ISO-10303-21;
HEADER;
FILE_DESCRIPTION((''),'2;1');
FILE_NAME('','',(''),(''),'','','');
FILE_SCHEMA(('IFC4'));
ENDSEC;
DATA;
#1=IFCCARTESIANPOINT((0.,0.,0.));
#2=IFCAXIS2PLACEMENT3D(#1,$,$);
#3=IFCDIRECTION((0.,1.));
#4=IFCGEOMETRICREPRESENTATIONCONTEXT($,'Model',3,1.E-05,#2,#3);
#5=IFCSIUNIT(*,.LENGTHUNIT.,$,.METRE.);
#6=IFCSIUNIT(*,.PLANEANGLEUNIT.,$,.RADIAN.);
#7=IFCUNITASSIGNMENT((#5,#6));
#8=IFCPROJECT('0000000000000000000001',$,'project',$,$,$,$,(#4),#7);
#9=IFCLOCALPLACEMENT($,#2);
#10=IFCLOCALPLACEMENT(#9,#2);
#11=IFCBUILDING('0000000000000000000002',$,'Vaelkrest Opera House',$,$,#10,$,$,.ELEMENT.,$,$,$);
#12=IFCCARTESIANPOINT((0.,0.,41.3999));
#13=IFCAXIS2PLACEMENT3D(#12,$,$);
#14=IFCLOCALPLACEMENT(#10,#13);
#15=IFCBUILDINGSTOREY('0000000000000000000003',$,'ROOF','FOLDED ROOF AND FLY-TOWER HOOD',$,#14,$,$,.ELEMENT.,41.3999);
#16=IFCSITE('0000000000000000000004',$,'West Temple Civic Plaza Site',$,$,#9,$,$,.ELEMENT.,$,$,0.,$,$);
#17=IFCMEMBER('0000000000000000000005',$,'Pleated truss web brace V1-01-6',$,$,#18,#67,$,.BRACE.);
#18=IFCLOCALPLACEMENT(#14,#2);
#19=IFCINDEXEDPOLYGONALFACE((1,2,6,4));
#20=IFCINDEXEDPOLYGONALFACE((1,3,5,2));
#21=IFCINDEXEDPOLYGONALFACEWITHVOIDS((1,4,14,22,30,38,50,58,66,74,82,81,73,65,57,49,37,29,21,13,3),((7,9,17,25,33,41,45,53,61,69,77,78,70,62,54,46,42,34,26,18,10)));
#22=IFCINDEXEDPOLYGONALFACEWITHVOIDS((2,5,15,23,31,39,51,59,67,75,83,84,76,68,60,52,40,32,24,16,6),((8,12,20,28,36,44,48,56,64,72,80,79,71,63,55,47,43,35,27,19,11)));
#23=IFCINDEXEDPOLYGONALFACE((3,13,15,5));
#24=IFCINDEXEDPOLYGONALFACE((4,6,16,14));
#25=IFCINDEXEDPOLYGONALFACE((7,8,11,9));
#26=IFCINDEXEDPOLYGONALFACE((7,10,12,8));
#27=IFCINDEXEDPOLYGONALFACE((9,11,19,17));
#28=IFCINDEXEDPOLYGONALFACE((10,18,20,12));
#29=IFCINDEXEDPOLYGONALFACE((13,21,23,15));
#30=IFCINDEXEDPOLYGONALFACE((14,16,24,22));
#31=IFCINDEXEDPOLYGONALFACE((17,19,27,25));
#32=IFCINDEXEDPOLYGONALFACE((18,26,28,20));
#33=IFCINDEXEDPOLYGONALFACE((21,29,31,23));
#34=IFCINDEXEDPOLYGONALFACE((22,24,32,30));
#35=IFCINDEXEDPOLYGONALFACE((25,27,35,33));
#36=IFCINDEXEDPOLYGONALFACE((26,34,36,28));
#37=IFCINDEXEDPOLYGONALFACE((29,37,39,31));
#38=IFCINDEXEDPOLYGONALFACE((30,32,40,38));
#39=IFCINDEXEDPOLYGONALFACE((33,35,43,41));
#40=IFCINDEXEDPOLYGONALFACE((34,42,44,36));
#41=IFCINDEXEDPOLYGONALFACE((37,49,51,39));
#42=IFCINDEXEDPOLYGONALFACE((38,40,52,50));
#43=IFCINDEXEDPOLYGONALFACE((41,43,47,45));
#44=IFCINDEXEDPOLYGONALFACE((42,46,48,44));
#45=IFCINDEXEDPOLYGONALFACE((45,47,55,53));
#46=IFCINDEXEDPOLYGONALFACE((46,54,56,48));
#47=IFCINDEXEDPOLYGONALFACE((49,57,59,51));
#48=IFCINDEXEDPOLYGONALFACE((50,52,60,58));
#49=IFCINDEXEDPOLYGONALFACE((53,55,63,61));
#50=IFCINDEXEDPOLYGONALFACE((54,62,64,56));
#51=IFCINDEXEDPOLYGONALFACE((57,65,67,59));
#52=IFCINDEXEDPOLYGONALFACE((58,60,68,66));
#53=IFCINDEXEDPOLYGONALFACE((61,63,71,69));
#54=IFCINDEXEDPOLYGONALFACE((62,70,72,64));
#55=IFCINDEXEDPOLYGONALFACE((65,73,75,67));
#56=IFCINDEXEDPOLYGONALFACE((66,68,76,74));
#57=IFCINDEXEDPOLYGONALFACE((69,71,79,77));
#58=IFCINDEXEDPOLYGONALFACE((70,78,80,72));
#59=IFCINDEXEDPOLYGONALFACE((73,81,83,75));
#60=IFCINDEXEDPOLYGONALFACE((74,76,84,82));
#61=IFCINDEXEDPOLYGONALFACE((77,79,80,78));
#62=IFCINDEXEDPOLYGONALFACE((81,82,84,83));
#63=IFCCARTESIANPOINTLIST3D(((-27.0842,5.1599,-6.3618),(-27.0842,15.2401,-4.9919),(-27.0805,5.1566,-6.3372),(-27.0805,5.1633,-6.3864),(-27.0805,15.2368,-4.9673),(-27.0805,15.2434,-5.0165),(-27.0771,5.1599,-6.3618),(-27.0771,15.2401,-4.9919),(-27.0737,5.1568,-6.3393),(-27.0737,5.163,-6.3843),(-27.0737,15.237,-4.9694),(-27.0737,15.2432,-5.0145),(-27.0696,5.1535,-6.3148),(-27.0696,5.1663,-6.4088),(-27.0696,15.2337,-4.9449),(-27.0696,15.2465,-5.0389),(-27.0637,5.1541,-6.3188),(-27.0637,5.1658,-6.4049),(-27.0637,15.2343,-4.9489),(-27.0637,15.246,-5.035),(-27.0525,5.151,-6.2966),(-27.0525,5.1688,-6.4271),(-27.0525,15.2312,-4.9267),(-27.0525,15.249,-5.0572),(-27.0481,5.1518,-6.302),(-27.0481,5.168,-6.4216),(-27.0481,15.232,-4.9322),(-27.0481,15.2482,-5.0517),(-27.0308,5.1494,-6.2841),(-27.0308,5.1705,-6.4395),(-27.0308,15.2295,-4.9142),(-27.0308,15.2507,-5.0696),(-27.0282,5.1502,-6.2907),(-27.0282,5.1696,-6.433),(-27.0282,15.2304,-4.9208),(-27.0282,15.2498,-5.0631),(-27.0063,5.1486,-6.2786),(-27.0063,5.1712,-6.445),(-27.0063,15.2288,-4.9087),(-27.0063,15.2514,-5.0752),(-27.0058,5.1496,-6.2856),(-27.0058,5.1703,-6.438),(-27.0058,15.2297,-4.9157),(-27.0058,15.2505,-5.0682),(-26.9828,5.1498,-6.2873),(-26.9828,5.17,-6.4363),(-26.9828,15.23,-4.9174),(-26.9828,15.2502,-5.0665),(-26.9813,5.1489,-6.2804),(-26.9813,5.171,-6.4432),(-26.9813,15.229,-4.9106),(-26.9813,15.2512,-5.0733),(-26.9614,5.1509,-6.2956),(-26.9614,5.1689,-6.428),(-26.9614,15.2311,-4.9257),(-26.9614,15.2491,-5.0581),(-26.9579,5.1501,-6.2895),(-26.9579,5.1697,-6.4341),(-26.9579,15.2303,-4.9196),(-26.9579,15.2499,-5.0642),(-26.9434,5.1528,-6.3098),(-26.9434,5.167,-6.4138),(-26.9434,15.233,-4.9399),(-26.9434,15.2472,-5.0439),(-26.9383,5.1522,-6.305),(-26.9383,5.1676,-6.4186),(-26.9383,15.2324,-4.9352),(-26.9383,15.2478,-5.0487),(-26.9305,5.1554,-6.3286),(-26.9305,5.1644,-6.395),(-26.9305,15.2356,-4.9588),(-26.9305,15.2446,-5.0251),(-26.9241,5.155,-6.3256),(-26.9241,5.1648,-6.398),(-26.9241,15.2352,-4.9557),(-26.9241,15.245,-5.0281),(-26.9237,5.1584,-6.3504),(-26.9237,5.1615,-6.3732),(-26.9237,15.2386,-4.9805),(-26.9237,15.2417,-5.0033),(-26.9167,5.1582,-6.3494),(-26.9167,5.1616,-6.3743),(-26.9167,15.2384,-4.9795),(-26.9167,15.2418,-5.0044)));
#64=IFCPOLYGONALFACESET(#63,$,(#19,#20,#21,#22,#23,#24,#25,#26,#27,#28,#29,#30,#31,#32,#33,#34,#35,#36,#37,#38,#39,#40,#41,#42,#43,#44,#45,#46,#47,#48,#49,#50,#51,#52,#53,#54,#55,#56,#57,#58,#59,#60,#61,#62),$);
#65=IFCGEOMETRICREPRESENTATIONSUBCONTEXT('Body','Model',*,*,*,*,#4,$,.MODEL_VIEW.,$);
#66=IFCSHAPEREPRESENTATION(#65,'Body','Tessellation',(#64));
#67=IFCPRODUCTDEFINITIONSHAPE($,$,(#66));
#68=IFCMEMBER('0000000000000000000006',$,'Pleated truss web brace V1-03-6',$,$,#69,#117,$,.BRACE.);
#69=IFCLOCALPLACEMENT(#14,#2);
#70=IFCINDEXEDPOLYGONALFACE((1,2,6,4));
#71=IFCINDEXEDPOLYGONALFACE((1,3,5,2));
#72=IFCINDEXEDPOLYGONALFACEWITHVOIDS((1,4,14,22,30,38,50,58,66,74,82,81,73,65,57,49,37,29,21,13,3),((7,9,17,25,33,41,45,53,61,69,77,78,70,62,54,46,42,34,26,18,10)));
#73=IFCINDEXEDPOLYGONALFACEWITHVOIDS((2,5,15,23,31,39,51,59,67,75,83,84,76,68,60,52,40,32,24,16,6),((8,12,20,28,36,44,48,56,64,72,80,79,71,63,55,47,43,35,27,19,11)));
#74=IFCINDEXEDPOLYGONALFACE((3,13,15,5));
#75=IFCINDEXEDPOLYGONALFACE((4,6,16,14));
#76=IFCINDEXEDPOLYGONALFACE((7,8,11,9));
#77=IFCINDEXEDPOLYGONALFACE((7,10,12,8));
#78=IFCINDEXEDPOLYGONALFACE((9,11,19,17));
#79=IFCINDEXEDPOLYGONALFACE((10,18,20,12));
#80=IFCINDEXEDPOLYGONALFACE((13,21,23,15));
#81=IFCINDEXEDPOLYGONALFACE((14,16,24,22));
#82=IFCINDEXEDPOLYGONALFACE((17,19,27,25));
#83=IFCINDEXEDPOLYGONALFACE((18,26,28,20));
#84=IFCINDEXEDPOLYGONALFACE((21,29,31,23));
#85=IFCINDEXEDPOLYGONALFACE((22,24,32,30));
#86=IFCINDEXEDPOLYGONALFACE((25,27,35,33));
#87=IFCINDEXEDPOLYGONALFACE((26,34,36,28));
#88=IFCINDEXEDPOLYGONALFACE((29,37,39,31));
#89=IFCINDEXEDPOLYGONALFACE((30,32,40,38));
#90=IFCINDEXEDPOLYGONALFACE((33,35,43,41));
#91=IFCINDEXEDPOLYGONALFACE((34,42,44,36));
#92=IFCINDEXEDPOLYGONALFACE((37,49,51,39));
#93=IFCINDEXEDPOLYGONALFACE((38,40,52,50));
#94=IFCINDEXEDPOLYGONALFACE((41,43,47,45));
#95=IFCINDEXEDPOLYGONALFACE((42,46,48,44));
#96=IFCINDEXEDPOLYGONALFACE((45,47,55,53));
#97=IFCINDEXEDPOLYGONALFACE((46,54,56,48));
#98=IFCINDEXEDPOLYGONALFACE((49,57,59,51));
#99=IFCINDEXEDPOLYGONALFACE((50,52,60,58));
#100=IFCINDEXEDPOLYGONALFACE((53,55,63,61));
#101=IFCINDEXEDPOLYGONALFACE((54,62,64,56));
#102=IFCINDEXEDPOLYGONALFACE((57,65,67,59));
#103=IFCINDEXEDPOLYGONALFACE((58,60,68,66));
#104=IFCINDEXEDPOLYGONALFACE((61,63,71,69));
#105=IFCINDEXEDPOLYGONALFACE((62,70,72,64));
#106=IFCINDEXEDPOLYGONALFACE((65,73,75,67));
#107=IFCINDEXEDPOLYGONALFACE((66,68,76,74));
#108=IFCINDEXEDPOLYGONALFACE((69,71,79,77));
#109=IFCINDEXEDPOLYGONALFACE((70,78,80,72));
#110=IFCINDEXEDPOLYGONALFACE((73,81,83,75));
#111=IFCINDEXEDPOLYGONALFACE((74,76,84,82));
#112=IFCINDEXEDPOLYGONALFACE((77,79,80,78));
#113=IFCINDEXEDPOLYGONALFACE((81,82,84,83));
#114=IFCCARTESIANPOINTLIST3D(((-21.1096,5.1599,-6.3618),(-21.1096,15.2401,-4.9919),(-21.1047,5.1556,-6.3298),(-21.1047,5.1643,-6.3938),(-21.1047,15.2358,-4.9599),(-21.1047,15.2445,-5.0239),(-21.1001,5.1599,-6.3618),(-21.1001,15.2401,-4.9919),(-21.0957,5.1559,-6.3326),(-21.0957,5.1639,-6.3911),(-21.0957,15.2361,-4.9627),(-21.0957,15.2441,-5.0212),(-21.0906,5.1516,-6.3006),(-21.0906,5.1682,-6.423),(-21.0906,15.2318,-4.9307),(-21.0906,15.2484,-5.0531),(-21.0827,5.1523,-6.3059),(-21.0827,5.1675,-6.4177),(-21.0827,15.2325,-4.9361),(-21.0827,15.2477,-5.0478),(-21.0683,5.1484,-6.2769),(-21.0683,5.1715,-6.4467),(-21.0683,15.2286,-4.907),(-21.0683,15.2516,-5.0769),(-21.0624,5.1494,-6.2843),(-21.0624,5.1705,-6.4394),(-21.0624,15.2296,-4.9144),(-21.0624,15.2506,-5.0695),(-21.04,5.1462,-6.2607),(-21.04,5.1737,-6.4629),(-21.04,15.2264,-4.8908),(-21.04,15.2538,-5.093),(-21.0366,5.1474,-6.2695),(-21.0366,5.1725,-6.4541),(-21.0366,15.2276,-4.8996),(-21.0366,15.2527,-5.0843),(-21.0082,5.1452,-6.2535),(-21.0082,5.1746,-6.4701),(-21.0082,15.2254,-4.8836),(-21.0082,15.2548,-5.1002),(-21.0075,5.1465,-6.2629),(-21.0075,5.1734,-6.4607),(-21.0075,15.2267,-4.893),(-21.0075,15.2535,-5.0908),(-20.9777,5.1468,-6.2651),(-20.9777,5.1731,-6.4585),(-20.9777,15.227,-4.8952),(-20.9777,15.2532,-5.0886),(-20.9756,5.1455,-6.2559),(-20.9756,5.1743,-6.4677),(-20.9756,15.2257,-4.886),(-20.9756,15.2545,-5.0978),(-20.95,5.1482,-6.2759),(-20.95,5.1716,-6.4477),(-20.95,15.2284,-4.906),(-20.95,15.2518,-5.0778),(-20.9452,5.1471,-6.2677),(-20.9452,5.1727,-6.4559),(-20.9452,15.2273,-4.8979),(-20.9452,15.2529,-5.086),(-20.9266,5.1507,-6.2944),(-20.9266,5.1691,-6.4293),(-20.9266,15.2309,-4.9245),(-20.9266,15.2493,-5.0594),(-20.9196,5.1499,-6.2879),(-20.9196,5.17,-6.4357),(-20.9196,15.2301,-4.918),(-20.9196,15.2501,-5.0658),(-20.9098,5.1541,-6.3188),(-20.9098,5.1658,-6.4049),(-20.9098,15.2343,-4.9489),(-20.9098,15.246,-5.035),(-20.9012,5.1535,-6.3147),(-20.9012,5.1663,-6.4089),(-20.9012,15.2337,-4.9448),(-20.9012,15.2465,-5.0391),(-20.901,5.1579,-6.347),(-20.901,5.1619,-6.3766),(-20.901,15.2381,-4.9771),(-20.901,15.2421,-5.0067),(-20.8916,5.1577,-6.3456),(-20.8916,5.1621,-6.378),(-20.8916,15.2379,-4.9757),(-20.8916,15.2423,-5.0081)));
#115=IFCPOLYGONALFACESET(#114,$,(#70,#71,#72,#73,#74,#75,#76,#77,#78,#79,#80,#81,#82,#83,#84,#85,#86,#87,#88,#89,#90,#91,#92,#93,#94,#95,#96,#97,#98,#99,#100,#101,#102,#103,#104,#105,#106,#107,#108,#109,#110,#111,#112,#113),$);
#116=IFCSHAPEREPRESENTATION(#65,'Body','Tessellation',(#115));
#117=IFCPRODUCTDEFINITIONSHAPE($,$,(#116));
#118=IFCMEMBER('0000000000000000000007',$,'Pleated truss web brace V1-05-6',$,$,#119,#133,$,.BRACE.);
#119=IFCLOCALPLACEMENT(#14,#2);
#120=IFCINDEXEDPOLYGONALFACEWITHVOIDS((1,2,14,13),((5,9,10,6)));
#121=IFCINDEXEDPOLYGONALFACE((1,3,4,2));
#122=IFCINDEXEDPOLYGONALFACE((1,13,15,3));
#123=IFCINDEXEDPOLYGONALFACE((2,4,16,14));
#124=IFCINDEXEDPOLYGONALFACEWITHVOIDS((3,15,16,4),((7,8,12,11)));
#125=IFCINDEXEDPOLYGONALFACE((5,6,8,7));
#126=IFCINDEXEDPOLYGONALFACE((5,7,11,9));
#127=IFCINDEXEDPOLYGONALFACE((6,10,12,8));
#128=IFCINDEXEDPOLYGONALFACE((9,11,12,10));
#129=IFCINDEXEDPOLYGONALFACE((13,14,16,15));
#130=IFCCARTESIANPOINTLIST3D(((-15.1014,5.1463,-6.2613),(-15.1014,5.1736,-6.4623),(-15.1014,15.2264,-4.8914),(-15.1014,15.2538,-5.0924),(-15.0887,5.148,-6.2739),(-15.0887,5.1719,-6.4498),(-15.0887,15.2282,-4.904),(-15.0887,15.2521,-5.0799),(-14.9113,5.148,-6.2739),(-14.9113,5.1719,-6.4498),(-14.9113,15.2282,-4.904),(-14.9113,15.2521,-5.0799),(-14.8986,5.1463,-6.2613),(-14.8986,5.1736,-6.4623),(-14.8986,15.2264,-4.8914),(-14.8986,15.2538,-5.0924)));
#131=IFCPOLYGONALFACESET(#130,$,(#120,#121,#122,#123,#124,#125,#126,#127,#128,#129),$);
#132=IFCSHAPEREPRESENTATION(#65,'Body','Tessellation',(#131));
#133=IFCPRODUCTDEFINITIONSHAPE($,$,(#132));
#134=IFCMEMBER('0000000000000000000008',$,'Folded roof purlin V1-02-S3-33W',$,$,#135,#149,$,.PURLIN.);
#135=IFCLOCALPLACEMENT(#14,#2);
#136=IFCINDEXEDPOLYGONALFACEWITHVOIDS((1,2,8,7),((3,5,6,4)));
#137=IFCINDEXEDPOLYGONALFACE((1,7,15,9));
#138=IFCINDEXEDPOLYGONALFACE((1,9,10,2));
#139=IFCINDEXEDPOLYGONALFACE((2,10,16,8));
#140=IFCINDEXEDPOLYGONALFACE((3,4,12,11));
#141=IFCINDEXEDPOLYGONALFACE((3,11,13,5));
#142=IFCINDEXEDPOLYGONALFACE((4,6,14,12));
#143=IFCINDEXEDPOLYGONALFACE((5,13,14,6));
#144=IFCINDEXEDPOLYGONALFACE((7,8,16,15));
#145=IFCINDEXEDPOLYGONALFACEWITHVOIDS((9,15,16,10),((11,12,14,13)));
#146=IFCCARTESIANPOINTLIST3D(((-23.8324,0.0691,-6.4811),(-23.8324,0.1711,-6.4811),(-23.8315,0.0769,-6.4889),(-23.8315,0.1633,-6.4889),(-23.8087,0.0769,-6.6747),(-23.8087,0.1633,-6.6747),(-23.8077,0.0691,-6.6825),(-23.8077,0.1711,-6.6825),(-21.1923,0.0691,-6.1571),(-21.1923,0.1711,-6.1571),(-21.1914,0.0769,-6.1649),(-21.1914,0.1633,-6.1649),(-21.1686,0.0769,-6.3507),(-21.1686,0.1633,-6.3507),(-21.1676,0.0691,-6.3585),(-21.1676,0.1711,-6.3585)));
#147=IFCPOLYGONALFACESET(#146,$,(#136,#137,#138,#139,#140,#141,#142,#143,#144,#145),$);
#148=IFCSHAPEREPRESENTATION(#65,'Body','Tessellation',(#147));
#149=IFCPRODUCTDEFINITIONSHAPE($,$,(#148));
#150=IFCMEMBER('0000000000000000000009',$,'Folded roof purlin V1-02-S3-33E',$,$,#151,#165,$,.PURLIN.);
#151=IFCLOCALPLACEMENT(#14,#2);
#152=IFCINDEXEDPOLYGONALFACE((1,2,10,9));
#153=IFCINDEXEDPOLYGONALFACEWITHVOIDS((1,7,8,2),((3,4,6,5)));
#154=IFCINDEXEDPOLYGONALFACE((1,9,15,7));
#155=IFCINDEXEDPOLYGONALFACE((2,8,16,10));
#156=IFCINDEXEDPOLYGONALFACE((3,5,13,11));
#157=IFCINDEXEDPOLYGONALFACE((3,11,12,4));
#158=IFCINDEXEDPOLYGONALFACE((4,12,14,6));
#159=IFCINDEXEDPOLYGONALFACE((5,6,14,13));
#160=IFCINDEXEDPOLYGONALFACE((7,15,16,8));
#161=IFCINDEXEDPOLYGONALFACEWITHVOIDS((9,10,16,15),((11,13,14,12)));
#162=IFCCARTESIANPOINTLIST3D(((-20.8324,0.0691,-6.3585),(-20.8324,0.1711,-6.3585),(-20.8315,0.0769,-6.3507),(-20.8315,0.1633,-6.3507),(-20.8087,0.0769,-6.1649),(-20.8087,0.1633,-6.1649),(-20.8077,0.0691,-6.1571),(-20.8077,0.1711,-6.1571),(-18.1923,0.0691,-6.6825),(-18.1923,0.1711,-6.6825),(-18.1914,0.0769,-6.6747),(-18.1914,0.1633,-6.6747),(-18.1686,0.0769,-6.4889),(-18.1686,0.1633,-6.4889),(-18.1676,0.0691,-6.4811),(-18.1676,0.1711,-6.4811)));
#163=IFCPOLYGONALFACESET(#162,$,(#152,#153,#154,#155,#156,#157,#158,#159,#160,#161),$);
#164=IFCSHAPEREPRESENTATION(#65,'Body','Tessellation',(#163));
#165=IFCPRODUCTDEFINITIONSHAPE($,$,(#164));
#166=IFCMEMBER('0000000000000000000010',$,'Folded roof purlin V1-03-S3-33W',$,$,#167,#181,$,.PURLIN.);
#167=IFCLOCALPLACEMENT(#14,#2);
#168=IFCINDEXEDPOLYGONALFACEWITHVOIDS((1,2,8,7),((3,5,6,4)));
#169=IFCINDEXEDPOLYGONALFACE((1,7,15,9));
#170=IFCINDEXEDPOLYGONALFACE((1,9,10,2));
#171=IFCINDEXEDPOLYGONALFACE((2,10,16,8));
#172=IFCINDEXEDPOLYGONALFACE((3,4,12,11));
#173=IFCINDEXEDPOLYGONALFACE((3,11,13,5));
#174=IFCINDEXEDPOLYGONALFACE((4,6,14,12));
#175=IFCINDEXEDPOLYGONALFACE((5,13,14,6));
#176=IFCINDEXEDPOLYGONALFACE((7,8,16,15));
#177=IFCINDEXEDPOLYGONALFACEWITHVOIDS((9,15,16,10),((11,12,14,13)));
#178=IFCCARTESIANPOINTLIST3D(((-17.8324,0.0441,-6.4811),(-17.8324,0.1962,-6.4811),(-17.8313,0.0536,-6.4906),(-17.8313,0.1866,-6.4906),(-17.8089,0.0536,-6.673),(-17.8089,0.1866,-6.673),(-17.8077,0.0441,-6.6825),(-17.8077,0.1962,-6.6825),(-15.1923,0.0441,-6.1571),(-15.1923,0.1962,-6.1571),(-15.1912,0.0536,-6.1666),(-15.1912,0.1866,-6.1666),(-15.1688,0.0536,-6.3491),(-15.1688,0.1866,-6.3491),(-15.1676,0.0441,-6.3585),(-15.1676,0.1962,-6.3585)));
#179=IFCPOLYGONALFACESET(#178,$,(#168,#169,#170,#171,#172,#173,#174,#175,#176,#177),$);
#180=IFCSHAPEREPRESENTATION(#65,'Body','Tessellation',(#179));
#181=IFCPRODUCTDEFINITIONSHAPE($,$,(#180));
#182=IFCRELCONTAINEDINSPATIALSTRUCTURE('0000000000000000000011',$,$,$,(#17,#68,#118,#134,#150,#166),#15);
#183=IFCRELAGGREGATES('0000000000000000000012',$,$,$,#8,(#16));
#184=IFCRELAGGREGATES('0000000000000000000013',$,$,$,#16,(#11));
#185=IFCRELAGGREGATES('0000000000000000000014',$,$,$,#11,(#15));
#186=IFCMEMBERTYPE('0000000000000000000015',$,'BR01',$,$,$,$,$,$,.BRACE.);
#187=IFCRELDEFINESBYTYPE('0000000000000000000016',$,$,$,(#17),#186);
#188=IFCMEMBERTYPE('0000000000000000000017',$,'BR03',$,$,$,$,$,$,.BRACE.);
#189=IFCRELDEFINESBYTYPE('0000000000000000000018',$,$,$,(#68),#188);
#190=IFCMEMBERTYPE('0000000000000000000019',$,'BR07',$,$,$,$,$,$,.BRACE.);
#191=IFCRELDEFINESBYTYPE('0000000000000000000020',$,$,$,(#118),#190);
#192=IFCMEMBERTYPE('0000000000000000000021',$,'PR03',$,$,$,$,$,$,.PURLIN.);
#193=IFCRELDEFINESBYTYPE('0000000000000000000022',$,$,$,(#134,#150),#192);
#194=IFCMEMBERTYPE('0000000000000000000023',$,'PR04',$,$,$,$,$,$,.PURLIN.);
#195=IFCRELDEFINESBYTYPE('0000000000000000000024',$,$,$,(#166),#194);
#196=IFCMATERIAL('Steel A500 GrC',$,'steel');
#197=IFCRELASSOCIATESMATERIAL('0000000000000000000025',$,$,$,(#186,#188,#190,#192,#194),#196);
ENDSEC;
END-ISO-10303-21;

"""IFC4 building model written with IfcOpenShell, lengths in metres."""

from ifc_helpers import new_model, si_unit, direction, frame, origin, origin_2d, place, context, subcontext, project, spatial, hollow_rectangle, hollow_circle, extrude, material, material_profile, profile_set, type_object, element, save


model = new_model("IFC4")

# Units and contexts
model_context = context("Model", 3, precision=1e-05, world=origin(), true_north=direction((0.0, 1.0)))
body_context = subcontext(model_context, "Body", "Model", "MODEL_VIEW")
ifc_project = project(units=[si_unit("LENGTHUNIT", "METRE"), si_unit("PLANEANGLEUNIT", "RADIAN")], contexts=[model_context])

# Site, building, storey
site_placement = place(None, origin())
site = spatial("IfcSite", under=ifc_project, at=site_placement, Name="West Temple Civic Plaza Site", CompositionType="ELEMENT", RefElevation=0.0)
building_placement = place(site_placement, origin())
building = spatial("IfcBuilding", under=site, at=building_placement, Name="Vaelkrest Opera House", CompositionType="ELEMENT")
storey_placement = place(building_placement, frame((0.0, 0.0, 41.3999)))
storey = spatial("IfcBuildingStorey", under=building, at=storey_placement, Name="ROOF", Description="FOLDED ROOF AND FLY-TOWER HOOD", CompositionType="ELEMENT", Elevation=41.3999)

# Members
ifc_material_1 = material(Name="Steel A500 GrC", Category="steel")
ifc_material_profile_1 = material_profile(ifc_material_1, hollow_circle(Radius=0.0842, WallThickness=0.0071, at=origin_2d()), Name="HSS168.3X7.1")
ifc_profile_set_1 = profile_set([ifc_material_profile_1], Name="Steel A500 GrC")
member_type_1 = type_object("IfcMemberType", Name="BR01", PredefinedType="BRACE", material=ifc_profile_set_1)
member_1_placement = place(storey_placement, frame((-27.0, 5.1599, -6.3618), z_axis=(0.0, 0.990892, 0.134661), x_axis=(-1.0, 0.0, 0.0)))
element("IfcMember", 1, at=member_1_placement, inside=storey, type_object=member_type_1, Name="Pleated truss web brace V1-01-6", PredefinedType="BRACE", context=body_context, shape_type="SweptSolid", body=[
    extrude(hollow_circle(Radius=0.0842, WallThickness=0.0071, at=origin_2d()), origin(), (0.0, 0.0, 1.0), 10.1729),
])
ifc_material_profile_2 = material_profile(ifc_material_1, hollow_circle(Radius=0.1096, WallThickness=0.0095, at=origin_2d()), Name="HSS219.1X9.5")
ifc_profile_set_2 = profile_set([ifc_material_profile_2], Name="Steel A500 GrC")
member_type_2 = type_object("IfcMemberType", Name="BR03", PredefinedType="BRACE", material=ifc_profile_set_2)
member_2_placement = place(storey_placement, frame((-21.0, 5.1599, -6.3618), z_axis=(0.0, 0.990892, 0.134661), x_axis=(-1.0, 0.0, 0.0)))
element("IfcMember", 2, at=member_2_placement, inside=storey, type_object=member_type_2, Name="Pleated truss web brace V1-03-6", PredefinedType="BRACE", context=body_context, shape_type="SweptSolid", body=[
    extrude(hollow_circle(Radius=0.1096, WallThickness=0.0095, at=origin_2d()), origin(), (0.0, 0.0, 1.0), 10.1729),
])
ifc_material_profile_3 = material_profile(ifc_material_1, hollow_rectangle(XDim=0.2029, YDim=0.2029, WallThickness=0.0127, at=origin_2d()), Name="HSS203X203X12.7")
ifc_profile_set_3 = profile_set([ifc_material_profile_3], Name="Steel A500 GrC")
member_type_3 = type_object("IfcMemberType", Name="BR07", PredefinedType="BRACE", material=ifc_profile_set_3)
member_3_placement = place(storey_placement, frame((-15.0, 5.1599, -6.3618), z_axis=(0.0, 0.990892, 0.134661), x_axis=(-1.0, 0.0, 0.0)))
element("IfcMember", 3, at=member_3_placement, inside=storey, type_object=member_type_3, Name="Pleated truss web brace V1-05-6", PredefinedType="BRACE", context=body_context, shape_type="SweptSolid", body=[
    extrude(hollow_rectangle(XDim=0.2029, YDim=0.2029, WallThickness=0.0127, at=origin_2d()), origin(), (0.0, 0.0, 1.0), 10.1729),
])
ifc_material_profile_4 = material_profile(ifc_material_1, hollow_rectangle(XDim=0.1021, YDim=0.2029, WallThickness=0.0078, at=origin_2d()), Name="HSS203X102X8")
ifc_profile_set_4 = profile_set([ifc_material_profile_4], Name="Steel A500 GrC")
member_type_4 = type_object("IfcMemberType", Name="PR03", PredefinedType="PURLIN", material=ifc_profile_set_4)
for number, where, z_axis, x_axis, name in (
    (4, (-23.8201, 0.1201, -6.5818), (0.992555, 0.0, 0.121798), (0.0, 1.0, 0.0), "Folded roof purlin V1-02-S3-33W"),
    (5, (-20.8201, 0.1201, -6.2578), (0.992555, 0.0, -0.121798), (0.0, 1.0, 0.0), "Folded roof purlin V1-02-S3-33E"),
):
    element("IfcMember", number, at=place(storey_placement, frame(where, z_axis=z_axis, x_axis=x_axis)), inside=storey, type_object=member_type_4, Name=name, PredefinedType="PURLIN", context=body_context, shape_type="SweptSolid", body=[
        extrude(hollow_rectangle(XDim=0.1021, YDim=0.2029, WallThickness=0.0078, at=origin_2d()), origin(), (0.0, 0.0, 1.0), 2.6599),
    ])
ifc_material_profile_5 = material_profile(ifc_material_1, hollow_rectangle(XDim=0.1521, YDim=0.2029, WallThickness=0.0095, at=origin_2d()), Name="HSS203X152X9.5")
ifc_profile_set_5 = profile_set([ifc_material_profile_5], Name="Steel A500 GrC")
member_type_5 = type_object("IfcMemberType", Name="PR04", PredefinedType="PURLIN", material=ifc_profile_set_5)
for number, where, z_axis, x_axis, name in (
    (6, (-17.8201, 0.1201, -6.5818), (0.992555, 0.0, 0.121798), (0.0, 1.0, 0.0), "Folded roof purlin V1-03-S3-33W"),
):
    element("IfcMember", number, at=place(storey_placement, frame(where, z_axis=z_axis, x_axis=x_axis)), inside=storey, type_object=member_type_5, Name=name, PredefinedType="PURLIN", context=body_context, shape_type="SweptSolid", body=[
        extrude(hollow_rectangle(XDim=0.1521, YDim=0.2029, WallThickness=0.0095, at=origin_2d()), origin(), (0.0, 0.0, 1.0), 2.6599),
    ])

save(model, "model.ifc")
